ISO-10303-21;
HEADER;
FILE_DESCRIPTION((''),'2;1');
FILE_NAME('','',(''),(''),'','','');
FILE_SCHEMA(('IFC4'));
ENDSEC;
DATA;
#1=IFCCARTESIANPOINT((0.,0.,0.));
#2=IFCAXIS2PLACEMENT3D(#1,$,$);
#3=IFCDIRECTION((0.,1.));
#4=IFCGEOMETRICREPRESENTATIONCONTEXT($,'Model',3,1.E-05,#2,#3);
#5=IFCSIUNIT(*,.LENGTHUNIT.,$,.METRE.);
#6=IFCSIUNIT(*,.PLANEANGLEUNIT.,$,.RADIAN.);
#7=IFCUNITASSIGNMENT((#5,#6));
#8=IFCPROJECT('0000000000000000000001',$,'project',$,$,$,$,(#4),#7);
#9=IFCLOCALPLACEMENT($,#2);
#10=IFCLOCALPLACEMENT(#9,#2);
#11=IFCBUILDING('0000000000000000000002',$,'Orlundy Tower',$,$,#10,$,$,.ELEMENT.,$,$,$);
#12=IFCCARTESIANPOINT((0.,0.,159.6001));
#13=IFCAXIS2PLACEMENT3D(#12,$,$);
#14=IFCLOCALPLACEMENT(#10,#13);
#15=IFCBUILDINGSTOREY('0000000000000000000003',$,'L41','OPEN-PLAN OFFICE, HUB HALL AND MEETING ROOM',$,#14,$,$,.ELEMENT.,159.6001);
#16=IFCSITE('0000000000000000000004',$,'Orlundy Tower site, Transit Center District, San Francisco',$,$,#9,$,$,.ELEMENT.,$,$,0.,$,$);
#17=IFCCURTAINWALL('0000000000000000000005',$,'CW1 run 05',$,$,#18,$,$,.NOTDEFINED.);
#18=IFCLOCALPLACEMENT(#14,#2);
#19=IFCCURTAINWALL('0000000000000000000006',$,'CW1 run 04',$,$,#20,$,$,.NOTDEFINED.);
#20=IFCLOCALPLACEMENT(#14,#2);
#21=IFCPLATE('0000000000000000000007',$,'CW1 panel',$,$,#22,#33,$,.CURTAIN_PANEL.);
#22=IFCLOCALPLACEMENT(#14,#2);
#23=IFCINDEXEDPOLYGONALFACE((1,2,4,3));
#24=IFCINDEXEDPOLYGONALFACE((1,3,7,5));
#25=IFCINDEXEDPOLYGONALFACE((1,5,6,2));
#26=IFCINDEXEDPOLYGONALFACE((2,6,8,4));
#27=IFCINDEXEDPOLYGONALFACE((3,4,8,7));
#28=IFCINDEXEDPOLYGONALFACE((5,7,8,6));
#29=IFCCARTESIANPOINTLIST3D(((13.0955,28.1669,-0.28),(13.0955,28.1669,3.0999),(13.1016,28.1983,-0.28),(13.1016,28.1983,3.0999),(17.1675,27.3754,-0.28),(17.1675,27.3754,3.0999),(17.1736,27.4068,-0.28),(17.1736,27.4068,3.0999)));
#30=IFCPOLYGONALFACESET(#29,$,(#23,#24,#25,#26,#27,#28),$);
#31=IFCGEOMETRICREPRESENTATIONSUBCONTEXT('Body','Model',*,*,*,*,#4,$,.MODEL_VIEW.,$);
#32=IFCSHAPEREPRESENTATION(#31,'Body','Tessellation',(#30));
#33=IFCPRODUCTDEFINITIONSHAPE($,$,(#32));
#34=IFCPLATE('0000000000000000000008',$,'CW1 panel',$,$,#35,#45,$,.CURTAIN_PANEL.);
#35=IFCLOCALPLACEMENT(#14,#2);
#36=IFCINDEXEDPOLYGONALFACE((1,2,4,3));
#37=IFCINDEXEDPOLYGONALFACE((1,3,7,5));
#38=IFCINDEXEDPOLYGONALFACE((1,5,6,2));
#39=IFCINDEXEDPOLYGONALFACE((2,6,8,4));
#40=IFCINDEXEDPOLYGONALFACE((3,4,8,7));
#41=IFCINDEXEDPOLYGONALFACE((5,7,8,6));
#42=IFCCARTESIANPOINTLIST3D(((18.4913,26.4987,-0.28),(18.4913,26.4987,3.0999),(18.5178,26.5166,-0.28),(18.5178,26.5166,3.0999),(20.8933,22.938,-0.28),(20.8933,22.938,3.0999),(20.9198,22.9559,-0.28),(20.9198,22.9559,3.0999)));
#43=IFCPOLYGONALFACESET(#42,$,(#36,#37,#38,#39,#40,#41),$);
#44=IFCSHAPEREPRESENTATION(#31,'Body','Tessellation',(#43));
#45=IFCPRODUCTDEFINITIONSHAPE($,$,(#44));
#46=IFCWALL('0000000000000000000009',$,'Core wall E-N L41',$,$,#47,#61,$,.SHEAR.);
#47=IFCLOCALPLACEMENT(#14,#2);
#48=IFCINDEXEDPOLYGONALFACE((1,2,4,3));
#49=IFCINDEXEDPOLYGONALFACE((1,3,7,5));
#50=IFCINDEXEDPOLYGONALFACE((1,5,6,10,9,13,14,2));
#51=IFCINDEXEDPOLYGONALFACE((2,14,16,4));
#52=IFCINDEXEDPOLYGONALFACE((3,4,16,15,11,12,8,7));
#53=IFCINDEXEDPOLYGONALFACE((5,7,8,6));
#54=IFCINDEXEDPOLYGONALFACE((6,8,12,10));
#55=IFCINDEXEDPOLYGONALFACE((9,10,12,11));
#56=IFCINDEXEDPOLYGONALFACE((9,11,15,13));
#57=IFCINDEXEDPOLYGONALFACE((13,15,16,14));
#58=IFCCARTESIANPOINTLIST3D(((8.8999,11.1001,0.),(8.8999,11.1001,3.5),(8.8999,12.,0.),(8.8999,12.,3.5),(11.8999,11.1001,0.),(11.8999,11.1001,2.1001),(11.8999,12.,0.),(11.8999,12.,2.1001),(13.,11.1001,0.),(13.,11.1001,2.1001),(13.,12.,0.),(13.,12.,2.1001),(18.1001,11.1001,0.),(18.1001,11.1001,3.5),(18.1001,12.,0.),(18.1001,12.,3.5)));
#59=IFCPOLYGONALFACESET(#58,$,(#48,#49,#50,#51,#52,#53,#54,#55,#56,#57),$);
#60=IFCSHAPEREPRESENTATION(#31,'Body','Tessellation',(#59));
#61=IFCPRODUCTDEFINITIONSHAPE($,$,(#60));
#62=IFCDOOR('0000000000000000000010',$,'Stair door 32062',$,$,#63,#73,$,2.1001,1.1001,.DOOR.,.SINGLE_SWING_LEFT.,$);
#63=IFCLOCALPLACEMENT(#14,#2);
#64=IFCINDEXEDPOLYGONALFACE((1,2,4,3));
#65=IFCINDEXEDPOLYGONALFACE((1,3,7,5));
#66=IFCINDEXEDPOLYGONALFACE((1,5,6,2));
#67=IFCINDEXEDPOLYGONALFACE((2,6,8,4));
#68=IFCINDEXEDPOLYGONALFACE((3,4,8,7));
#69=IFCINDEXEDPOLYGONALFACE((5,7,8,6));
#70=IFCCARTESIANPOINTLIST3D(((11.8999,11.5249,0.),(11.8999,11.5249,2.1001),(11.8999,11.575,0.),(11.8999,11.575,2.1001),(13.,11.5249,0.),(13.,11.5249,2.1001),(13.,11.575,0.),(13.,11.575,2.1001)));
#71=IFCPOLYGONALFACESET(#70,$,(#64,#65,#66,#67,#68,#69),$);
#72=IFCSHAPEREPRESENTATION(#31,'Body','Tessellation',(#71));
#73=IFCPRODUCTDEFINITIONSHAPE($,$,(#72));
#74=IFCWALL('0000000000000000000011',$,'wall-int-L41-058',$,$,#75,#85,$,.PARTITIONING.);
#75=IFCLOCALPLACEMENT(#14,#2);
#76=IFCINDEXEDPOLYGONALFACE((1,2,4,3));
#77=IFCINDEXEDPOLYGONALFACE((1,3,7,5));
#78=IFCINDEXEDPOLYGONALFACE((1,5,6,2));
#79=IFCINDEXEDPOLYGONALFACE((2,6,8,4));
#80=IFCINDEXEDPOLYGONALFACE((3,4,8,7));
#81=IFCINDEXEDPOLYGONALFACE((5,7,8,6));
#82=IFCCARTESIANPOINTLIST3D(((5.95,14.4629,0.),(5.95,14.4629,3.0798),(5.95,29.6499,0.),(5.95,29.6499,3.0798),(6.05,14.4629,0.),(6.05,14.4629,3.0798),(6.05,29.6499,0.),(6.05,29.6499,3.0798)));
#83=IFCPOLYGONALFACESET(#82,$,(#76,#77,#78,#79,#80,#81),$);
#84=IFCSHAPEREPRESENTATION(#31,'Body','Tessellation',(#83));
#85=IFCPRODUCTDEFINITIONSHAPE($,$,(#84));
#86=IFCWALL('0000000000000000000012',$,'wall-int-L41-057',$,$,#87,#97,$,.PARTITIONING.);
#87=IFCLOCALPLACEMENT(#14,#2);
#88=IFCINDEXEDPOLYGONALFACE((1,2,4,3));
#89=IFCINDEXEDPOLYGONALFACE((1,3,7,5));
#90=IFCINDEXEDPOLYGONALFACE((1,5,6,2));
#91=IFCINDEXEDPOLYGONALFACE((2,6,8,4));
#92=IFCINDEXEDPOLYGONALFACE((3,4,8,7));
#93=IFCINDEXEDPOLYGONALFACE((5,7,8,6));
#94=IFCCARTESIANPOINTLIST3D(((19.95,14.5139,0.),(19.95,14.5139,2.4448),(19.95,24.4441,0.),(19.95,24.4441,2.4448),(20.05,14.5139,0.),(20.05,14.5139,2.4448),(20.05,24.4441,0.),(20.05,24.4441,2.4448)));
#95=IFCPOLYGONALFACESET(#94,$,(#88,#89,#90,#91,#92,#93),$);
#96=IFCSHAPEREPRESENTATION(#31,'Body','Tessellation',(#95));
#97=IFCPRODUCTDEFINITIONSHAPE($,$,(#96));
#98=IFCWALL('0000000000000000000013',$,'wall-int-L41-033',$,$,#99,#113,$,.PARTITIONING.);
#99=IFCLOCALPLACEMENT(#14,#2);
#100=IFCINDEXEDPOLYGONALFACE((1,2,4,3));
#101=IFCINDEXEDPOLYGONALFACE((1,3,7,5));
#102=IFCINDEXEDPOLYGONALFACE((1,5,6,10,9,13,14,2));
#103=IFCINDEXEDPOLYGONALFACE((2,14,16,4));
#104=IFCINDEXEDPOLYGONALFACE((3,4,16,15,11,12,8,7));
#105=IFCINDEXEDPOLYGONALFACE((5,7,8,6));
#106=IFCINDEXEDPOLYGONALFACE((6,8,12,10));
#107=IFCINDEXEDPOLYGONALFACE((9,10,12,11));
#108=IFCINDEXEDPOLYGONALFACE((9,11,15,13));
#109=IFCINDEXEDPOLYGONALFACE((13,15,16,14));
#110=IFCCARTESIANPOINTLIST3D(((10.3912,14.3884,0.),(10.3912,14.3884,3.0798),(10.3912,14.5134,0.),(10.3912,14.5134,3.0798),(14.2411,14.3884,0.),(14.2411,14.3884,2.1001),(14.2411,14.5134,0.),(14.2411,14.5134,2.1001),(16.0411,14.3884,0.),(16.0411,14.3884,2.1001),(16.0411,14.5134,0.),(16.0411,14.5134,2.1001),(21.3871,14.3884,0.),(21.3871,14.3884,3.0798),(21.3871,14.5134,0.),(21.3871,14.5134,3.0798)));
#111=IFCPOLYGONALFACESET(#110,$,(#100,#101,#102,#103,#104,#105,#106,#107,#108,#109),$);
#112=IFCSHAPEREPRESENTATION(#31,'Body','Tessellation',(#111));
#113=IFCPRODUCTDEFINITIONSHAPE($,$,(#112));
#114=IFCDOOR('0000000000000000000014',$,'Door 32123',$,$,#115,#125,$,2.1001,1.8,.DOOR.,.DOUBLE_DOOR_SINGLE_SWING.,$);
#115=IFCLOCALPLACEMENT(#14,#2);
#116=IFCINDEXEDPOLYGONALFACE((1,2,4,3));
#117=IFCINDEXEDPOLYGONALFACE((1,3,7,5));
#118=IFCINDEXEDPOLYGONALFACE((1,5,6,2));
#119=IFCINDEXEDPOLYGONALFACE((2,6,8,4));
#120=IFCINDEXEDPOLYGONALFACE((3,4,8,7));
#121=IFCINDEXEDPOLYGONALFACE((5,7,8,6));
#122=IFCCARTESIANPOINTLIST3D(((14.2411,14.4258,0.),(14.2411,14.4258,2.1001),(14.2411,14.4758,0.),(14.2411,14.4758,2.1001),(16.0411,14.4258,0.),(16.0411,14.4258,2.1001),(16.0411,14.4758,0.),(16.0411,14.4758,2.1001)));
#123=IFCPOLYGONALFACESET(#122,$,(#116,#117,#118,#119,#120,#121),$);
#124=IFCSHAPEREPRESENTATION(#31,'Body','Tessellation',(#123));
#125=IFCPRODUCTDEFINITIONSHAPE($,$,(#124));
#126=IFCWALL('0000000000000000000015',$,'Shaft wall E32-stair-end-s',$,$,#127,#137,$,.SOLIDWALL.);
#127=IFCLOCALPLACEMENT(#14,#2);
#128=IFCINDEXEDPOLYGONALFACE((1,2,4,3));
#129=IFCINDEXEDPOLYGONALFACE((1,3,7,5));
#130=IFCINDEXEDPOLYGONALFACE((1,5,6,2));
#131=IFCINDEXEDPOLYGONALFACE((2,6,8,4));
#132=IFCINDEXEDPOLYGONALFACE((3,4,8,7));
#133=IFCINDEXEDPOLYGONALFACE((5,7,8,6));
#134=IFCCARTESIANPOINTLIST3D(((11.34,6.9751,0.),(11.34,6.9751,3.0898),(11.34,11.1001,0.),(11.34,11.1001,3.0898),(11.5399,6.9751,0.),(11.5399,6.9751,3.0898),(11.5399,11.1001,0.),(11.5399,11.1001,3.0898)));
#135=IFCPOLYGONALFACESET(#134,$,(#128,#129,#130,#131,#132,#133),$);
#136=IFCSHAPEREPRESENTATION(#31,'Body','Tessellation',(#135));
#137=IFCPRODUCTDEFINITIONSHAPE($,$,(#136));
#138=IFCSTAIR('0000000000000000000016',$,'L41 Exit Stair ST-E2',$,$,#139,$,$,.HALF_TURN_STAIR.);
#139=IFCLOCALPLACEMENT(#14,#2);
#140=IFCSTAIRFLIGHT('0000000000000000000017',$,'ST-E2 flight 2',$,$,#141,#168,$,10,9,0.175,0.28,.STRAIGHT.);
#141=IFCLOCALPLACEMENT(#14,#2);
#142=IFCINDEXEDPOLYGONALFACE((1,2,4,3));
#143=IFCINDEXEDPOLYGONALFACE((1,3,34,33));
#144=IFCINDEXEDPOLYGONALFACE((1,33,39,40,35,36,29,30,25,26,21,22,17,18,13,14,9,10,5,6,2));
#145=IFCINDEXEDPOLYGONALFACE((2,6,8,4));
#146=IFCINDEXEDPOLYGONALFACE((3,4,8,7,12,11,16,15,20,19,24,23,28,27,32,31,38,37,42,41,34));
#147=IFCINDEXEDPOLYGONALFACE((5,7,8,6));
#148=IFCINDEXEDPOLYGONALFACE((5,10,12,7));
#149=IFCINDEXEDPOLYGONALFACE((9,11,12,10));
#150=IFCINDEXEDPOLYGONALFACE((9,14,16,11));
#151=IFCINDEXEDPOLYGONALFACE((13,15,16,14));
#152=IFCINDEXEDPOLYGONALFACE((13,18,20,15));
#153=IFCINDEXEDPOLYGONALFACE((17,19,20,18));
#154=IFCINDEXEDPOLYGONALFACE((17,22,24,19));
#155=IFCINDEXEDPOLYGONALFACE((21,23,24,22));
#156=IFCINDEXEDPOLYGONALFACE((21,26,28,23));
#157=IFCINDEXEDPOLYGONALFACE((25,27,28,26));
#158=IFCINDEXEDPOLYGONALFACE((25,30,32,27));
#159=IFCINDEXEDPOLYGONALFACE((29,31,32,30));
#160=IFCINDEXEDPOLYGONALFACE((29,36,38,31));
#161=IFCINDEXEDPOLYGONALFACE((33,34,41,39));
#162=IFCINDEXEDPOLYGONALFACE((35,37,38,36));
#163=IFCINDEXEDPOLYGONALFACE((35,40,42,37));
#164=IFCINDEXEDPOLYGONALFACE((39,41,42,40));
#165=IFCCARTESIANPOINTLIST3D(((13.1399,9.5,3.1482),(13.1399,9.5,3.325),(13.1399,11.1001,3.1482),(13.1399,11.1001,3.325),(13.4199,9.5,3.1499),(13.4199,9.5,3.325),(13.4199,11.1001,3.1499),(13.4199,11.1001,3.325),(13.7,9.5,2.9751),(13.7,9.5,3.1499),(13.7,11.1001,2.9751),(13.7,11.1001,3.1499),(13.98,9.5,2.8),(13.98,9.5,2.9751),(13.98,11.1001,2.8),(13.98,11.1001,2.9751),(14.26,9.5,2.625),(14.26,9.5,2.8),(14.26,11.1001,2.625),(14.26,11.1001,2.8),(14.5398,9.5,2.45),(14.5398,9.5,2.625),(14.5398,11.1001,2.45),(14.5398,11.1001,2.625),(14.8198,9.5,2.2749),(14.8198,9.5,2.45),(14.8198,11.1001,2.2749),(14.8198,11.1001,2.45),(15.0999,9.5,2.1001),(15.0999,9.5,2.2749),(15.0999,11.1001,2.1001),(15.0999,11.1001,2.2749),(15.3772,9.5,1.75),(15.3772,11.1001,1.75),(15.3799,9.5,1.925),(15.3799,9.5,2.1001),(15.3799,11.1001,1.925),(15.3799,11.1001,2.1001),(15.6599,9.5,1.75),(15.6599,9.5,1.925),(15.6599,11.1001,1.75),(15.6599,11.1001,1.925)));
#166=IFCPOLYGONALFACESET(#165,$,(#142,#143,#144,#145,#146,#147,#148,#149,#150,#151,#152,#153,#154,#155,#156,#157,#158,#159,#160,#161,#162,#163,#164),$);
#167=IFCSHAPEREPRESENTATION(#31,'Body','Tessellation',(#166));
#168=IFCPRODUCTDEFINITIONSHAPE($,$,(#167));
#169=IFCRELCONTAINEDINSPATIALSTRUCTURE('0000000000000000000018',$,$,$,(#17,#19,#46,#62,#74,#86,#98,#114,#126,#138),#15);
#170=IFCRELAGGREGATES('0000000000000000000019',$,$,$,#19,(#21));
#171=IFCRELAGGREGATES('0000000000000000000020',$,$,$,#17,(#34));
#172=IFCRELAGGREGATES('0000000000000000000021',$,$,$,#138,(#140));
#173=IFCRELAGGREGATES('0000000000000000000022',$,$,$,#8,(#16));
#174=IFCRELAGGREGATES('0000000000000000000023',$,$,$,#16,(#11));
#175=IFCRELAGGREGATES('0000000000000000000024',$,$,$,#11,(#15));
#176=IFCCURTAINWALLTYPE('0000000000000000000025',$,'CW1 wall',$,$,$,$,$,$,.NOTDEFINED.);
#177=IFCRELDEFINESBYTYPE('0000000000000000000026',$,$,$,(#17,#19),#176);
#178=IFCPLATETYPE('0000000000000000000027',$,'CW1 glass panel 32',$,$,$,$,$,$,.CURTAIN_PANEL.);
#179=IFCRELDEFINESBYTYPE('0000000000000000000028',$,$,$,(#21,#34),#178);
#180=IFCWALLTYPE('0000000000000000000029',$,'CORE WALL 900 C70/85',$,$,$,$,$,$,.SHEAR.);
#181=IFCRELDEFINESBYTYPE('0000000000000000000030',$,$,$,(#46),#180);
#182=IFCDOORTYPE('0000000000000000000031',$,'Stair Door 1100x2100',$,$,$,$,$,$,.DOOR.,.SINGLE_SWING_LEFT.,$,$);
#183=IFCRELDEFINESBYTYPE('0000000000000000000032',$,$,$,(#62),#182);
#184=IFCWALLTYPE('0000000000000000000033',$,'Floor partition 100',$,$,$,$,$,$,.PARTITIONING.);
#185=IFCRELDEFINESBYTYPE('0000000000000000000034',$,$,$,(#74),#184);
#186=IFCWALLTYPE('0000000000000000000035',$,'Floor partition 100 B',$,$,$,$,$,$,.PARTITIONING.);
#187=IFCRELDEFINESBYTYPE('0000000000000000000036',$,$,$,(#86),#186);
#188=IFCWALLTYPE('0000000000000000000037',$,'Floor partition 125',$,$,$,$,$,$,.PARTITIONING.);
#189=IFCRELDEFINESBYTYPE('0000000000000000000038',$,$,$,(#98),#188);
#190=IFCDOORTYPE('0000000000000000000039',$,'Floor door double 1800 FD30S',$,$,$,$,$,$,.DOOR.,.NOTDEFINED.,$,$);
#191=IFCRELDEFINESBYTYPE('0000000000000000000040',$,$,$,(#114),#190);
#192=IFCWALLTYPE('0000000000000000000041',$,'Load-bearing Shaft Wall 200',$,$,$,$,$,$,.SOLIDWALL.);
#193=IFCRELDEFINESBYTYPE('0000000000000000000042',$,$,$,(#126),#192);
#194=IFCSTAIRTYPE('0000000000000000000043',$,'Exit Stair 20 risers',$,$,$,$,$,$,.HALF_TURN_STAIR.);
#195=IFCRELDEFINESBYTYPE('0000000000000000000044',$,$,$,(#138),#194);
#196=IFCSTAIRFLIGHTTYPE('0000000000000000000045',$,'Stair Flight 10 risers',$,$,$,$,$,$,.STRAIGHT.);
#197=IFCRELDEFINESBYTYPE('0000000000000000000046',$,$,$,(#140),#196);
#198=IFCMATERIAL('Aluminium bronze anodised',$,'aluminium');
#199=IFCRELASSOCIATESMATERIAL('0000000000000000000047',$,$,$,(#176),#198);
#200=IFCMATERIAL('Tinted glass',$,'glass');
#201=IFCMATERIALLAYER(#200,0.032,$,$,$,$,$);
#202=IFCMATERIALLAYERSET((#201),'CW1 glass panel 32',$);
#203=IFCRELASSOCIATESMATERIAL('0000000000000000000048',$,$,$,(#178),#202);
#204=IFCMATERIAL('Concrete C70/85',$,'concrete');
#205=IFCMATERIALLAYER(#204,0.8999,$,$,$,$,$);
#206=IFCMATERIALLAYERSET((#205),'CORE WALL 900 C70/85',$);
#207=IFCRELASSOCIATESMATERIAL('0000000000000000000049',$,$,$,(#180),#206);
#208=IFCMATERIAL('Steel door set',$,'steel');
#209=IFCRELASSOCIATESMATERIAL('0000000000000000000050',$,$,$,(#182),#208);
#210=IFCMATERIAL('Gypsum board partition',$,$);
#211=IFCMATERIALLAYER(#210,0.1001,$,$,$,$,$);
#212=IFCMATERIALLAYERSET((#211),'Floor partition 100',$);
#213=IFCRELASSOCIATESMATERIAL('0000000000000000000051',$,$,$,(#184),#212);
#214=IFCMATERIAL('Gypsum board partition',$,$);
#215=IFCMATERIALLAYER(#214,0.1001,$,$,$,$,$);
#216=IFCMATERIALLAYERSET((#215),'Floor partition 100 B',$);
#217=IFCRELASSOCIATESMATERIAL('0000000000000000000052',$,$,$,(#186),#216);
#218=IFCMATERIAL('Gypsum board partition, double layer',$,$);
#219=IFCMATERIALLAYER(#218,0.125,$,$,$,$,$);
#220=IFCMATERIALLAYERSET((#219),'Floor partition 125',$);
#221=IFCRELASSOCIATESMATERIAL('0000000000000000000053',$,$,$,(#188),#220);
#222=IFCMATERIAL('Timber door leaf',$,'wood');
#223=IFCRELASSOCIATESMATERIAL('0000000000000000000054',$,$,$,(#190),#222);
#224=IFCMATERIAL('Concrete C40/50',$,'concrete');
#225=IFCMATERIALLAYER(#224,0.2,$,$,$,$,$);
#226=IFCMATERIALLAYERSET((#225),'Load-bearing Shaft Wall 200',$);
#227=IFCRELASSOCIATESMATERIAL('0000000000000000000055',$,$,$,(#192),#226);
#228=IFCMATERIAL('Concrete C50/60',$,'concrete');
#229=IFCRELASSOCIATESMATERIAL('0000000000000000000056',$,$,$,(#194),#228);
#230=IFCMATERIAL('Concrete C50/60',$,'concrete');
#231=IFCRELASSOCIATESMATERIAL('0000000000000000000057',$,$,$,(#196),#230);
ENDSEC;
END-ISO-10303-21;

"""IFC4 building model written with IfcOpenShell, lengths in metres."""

from ifc_helpers import new_model, si_unit, direction, frame, frame_2d, origin, origin_2d, place, context, subcontext, project, spatial, polyline, rectangle, outline, extrude, material, layer, layer_set, type_object, element, fill, aggregate, save


model = new_model("IFC4")

# Units and contexts
model_context = context("Model", 3, precision=1e-05, world=origin(), true_north=direction((0.0, 1.0)))
body_context = subcontext(model_context, "Body", "Model", "MODEL_VIEW")
ifc_project = project(units=[si_unit("LENGTHUNIT", "METRE"), si_unit("PLANEANGLEUNIT", "RADIAN")], contexts=[model_context])

# Site, building, storey
site_placement = place(None, origin())
site = spatial("IfcSite", under=ifc_project, at=site_placement, Name="Orlundy Tower site, Transit Center District, San Francisco", CompositionType="ELEMENT", RefElevation=0.0)
building_placement = place(site_placement, origin())
building = spatial("IfcBuilding", under=site, at=building_placement, Name="Orlundy Tower", CompositionType="ELEMENT")
storey_placement = place(building_placement, frame((0.0, 0.0, 159.6001)))
storey = spatial("IfcBuildingStorey", under=building, at=storey_placement, Name="L41", Description="OPEN-PLAN OFFICE, HUB HALL AND MEETING ROOM", CompositionType="ELEMENT", Elevation=159.6001)

# Curtain wall
ifc_material_1 = material(Name="Aluminium bronze anodised", Category="aluminium")
curtain_wall_type = type_object("IfcCurtainWallType", Name="CW1 wall", PredefinedType="NOTDEFINED", material=ifc_material_1)
curtain_wall_1_placement = place(storey_placement, origin())
curtain_wall_1 = element("IfcCurtainWall", 1, at=curtain_wall_1_placement, inside=storey, type_object=curtain_wall_type, Name="CW1 run 05", PredefinedType="NOTDEFINED")

# Curtain wall
curtain_wall_2_placement = place(storey_placement, origin())
curtain_wall_2 = element("IfcCurtainWall", 2, at=curtain_wall_2_placement, inside=storey, type_object=curtain_wall_type, Name="CW1 run 04", PredefinedType="NOTDEFINED")

# Plates
ifc_material_2 = material(Name="Tinted glass", Category="glass")
ifc_layer_1 = layer(ifc_material_2, 0.032)
ifc_layer_set_1 = layer_set([ifc_layer_1], Name="CW1 glass panel 32")
plate_type = type_object("IfcPlateType", Name="CW1 glass panel 32", PredefinedType="CURTAIN_PANEL", material=ifc_layer_set_1)
plate_1_placement = place(storey_placement, frame((15.1345, 27.7869, -0.28), z_axis=(0.0, 0.0, 1.0), x_axis=(0.981628, -0.190805, 0.0)))
plate_1 = element("IfcPlate", 3, at=plate_1_placement, type_object=plate_type, Name="CW1 panel", PredefinedType="CURTAIN_PANEL", context=body_context, shape_type="SweptSolid", body=[
    extrude(rectangle(XDim=4.1482, YDim=0.032, at=origin_2d()), origin(), (0.0, 0.0, 1.0), 3.3799),
])
aggregate(curtain_wall_2, [plate_1])
plate_2_placement = place(storey_placement, frame((19.7056, 24.7273, -0.28), z_axis=(0.0, 0.0, 1.0), x_axis=(0.559223, -0.829017, 0.0)))
plate_2 = element("IfcPlate", 4, at=plate_2_placement, type_object=plate_type, Name="CW1 panel", PredefinedType="CURTAIN_PANEL", context=body_context, shape_type="SweptSolid", body=[
    extrude(rectangle(XDim=4.2952, YDim=0.032, at=origin_2d()), origin(), (0.0, 0.0, 1.0), 3.3799),
])
aggregate(curtain_wall_1, [plate_2])

# Wall, opening, door
ifc_material_3 = material(Name="Concrete C70/85", Category="concrete")
ifc_layer_2 = layer(ifc_material_3, 0.8999)
ifc_layer_set_2 = layer_set([ifc_layer_2], Name="CORE WALL 900 C70/85")
wall_type_1 = type_object("IfcWallType", Name="CORE WALL 900 C70/85", PredefinedType="SHEAR", material=ifc_layer_set_2)
wall_1_placement = place(storey_placement, frame((8.8999, 11.55, 0.0), z_axis=(0.0, 0.0, 1.0), x_axis=(1.0, 0.0, 0.0)))
wall_1 = element("IfcWall", 5, at=wall_1_placement, inside=storey, type_object=wall_type_1, Name="Core wall E-N L41", PredefinedType="SHEAR", context=body_context, shape_type="SweptSolid", body=[
    extrude(rectangle(XDim=9.2002, YDim=0.8999, at=frame_2d((4.6001, 0.0))), origin(), (0.0, 0.0, 1.0), 3.5),
])
opening_1_placement = place(wall_1_placement, frame((3.0, 0.0, 0.0)))
opening_1 = element("IfcOpeningElement", 6, at=opening_1_placement, cuts=wall_1, PredefinedType="OPENING", context=body_context, shape_type="SweptSolid", body=[
    extrude(rectangle(XDim=1.1001, YDim=2.1001, at=frame_2d((0.55, 1.05))), frame((0.0, 0.46, 0.0), z_axis=(0.0, -1.0, 0.0), x_axis=(1.0, 0.0, 0.0)), (0.0, 0.0, 1.0), 0.9199),
])
ifc_material_4 = material(Name="Steel door set", Category="steel")
door_type_1 = type_object("IfcDoorType", Name="Stair Door 1100x2100", OperationType="SINGLE_SWING_LEFT", PredefinedType="DOOR", material=ifc_material_4)
door_1_placement = place(opening_1_placement, origin())
door_1 = element("IfcDoor", 7, at=door_1_placement, inside=storey, type_object=door_type_1, Name="Stair door 32062", OperationType="SINGLE_SWING_LEFT", OverallHeight=2.1001, OverallWidth=1.1001, PredefinedType="DOOR", context=body_context, shape_type="SweptSolid", body=[
    extrude(rectangle(XDim=1.1001, YDim=2.1001, at=frame_2d((0.55, 1.05))), frame((0.0, 0.0249, 0.0), z_axis=(0.0, -1.0, 0.0), x_axis=(1.0, 0.0, 0.0)), (0.0, 0.0, 1.0), 0.05),
])
fill(opening_1, door_1)

# Walls
ifc_material_5 = material(Name="Gypsum board partition")
ifc_layer_3 = layer(ifc_material_5, 0.1001)
ifc_layer_set_3 = layer_set([ifc_layer_3], Name="Floor partition 100")
wall_type_2 = type_object("IfcWallType", Name="Floor partition 100", PredefinedType="PARTITIONING", material=ifc_layer_set_3)
wall_2_placement = place(storey_placement, frame((6.0, 14.4629, 0.0), z_axis=(0.0, 0.0, 1.0), x_axis=(0.0, 1.0, 0.0)))
element("IfcWall", 8, at=wall_2_placement, inside=storey, type_object=wall_type_2, Name="wall-int-L41-058", PredefinedType="PARTITIONING", context=body_context, shape_type="SweptSolid", body=[
    extrude(rectangle(XDim=15.187, YDim=0.1001, at=frame_2d((7.5935, 0.0))), origin(), (0.0, 0.0, 1.0), 3.0798),
])
ifc_material_6 = material(Name="Gypsum board partition")
ifc_layer_4 = layer(ifc_material_6, 0.1001)
ifc_layer_set_4 = layer_set([ifc_layer_4], Name="Floor partition 100 B")
wall_type_3 = type_object("IfcWallType", Name="Floor partition 100 B", PredefinedType="PARTITIONING", material=ifc_layer_set_4)
wall_3_placement = place(storey_placement, frame((20.0, 14.5139, 0.0), z_axis=(0.0, 0.0, 1.0), x_axis=(0.0, 1.0, 0.0)))
element("IfcWall", 9, at=wall_3_placement, inside=storey, type_object=wall_type_3, Name="wall-int-L41-057", PredefinedType="PARTITIONING", context=body_context, shape_type="SweptSolid", body=[
    extrude(rectangle(XDim=9.9302, YDim=0.1001, at=frame_2d((4.9651, 0.0))), origin(), (0.0, 0.0, 1.0), 2.4448),
])

# Wall, opening, door
ifc_material_7 = material(Name="Gypsum board partition, double layer")
ifc_layer_5 = layer(ifc_material_7, 0.125)
ifc_layer_set_5 = layer_set([ifc_layer_5], Name="Floor partition 125")
wall_type_4 = type_object("IfcWallType", Name="Floor partition 125", PredefinedType="PARTITIONING", material=ifc_layer_set_5)
wall_4_placement = place(storey_placement, frame((10.3911, 14.4509, 0.0), z_axis=(0.0, 0.0, 1.0), x_axis=(1.0, 0.0, 0.0)))
wall_4 = element("IfcWall", 10, at=wall_4_placement, inside=storey, type_object=wall_type_4, Name="wall-int-L41-033", PredefinedType="PARTITIONING", context=body_context, shape_type="SweptSolid", body=[
    extrude(rectangle(XDim=10.9958, YDim=0.125, at=frame_2d((5.498, 0.0))), origin(), (0.0, 0.0, 1.0), 3.0798),
])
opening_2_placement = place(wall_4_placement, frame((3.8501, 0.0, 0.0)))
opening_2 = element("IfcOpeningElement", 11, at=opening_2_placement, cuts=wall_4, PredefinedType="OPENING", context=body_context, shape_type="SweptSolid", body=[
    extrude(rectangle(XDim=1.8, YDim=2.1001, at=frame_2d((0.8999, 1.05))), frame((0.0, 0.0725, 0.0), z_axis=(0.0, -1.0, 0.0), x_axis=(1.0, 0.0, 0.0)), (0.0, 0.0, 1.0), 0.145),
])
ifc_material_8 = material(Name="Timber door leaf", Category="wood")
door_type_2 = type_object("IfcDoorType", Name="Floor door double 1800 FD30S", OperationType="NOTDEFINED", PredefinedType="DOOR", material=ifc_material_8)
door_2_placement = place(opening_2_placement, origin())
door_2 = element("IfcDoor", 12, at=door_2_placement, inside=storey, type_object=door_type_2, Name="Door 32123", OperationType="DOUBLE_DOOR_SINGLE_SWING", OverallHeight=2.1001, OverallWidth=1.8, PredefinedType="DOOR", context=body_context, shape_type="SweptSolid", body=[
    extrude(rectangle(XDim=1.8, YDim=2.1001, at=frame_2d((0.8999, 1.05))), frame((0.0, 0.0249, 0.0), z_axis=(0.0, -1.0, 0.0), x_axis=(1.0, 0.0, 0.0)), (0.0, 0.0, 1.0), 0.05),
])
fill(opening_2, door_2)

# Wall
ifc_material_9 = material(Name="Concrete C40/50", Category="concrete")
ifc_layer_6 = layer(ifc_material_9, 0.2)
ifc_layer_set_6 = layer_set([ifc_layer_6], Name="Load-bearing Shaft Wall 200")
wall_type_5 = type_object("IfcWallType", Name="Load-bearing Shaft Wall 200", PredefinedType="SOLIDWALL", material=ifc_layer_set_6)
wall_5_placement = place(storey_placement, frame((11.4399, 11.1001, 0.0), z_axis=(0.0, 0.0, 1.0), x_axis=(0.0, -1.0, 0.0)))
element("IfcWall", 13, at=wall_5_placement, inside=storey, type_object=wall_type_5, Name="Shaft wall E32-stair-end-s", PredefinedType="SOLIDWALL", context=body_context, shape_type="SweptSolid", body=[
    extrude(rectangle(XDim=4.125, YDim=0.2, at=frame_2d((2.0625, 0.0))), origin(), (0.0, 0.0, 1.0), 3.0898),
])

# Stair, stair flight
ifc_material_10 = material(Name="Concrete C50/60", Category="concrete")
stair_type = type_object("IfcStairType", Name="Exit Stair 20 risers", PredefinedType="HALF_TURN_STAIR", material=ifc_material_10)
stair_placement = place(storey_placement, origin())
stair = element("IfcStair", 14, at=stair_placement, inside=storey, type_object=stair_type, Name="L41 Exit Stair ST-E2", PredefinedType="HALF_TURN_STAIR")
ifc_material_11 = material(Name="Concrete C50/60", Category="concrete")
stair_flight_type = type_object("IfcStairFlightType", Name="Stair Flight 10 risers", PredefinedType="STRAIGHT", material=ifc_material_11)
stair_flight_placement = place(storey_placement, frame((15.6599, 10.3, 1.75), z_axis=(0.0, 0.0, 1.0), x_axis=(-1.0, 0.0, 0.0)))
stair_flight = element("IfcStairFlight", 15, at=stair_flight_placement, type_object=stair_flight_type, Name="ST-E2 flight 2", NumberOfRisers=10, NumberOfTreads=9, PredefinedType="STRAIGHT", RiserHeight=0.175, TreadLength=0.28, context=body_context, shape_type="SweptSolid", body=[
    extrude(outline(polyline([(0.0, 0.0), (0.0, 0.175), (0.28, 0.175), (0.28, 0.3501), (0.5601, 0.3501), (0.5601, 0.5249), (0.8401, 0.5249), (0.8401, 0.7), (1.1201, 0.7), (1.1201, 0.875), (1.3999, 0.875), (1.3999, 1.05), (1.6799, 1.05), (1.6799, 1.2251), (1.96, 1.2251), (1.96, 1.3999), (2.24, 1.3999), (2.24, 1.575), (2.52, 1.575), (2.52, 1.75), (2.52, 1.3982), (0.2827, 0.0), (0.0, 0.0)])), frame((0.0, 0.8, 0.0), z_axis=(0.0, -1.0, 0.0), x_axis=(1.0, 0.0, 0.0)), (0.0, 0.0, 1.0), 1.6001),
])
aggregate(stair, [stair_flight])

save(model, "model.ifc")
